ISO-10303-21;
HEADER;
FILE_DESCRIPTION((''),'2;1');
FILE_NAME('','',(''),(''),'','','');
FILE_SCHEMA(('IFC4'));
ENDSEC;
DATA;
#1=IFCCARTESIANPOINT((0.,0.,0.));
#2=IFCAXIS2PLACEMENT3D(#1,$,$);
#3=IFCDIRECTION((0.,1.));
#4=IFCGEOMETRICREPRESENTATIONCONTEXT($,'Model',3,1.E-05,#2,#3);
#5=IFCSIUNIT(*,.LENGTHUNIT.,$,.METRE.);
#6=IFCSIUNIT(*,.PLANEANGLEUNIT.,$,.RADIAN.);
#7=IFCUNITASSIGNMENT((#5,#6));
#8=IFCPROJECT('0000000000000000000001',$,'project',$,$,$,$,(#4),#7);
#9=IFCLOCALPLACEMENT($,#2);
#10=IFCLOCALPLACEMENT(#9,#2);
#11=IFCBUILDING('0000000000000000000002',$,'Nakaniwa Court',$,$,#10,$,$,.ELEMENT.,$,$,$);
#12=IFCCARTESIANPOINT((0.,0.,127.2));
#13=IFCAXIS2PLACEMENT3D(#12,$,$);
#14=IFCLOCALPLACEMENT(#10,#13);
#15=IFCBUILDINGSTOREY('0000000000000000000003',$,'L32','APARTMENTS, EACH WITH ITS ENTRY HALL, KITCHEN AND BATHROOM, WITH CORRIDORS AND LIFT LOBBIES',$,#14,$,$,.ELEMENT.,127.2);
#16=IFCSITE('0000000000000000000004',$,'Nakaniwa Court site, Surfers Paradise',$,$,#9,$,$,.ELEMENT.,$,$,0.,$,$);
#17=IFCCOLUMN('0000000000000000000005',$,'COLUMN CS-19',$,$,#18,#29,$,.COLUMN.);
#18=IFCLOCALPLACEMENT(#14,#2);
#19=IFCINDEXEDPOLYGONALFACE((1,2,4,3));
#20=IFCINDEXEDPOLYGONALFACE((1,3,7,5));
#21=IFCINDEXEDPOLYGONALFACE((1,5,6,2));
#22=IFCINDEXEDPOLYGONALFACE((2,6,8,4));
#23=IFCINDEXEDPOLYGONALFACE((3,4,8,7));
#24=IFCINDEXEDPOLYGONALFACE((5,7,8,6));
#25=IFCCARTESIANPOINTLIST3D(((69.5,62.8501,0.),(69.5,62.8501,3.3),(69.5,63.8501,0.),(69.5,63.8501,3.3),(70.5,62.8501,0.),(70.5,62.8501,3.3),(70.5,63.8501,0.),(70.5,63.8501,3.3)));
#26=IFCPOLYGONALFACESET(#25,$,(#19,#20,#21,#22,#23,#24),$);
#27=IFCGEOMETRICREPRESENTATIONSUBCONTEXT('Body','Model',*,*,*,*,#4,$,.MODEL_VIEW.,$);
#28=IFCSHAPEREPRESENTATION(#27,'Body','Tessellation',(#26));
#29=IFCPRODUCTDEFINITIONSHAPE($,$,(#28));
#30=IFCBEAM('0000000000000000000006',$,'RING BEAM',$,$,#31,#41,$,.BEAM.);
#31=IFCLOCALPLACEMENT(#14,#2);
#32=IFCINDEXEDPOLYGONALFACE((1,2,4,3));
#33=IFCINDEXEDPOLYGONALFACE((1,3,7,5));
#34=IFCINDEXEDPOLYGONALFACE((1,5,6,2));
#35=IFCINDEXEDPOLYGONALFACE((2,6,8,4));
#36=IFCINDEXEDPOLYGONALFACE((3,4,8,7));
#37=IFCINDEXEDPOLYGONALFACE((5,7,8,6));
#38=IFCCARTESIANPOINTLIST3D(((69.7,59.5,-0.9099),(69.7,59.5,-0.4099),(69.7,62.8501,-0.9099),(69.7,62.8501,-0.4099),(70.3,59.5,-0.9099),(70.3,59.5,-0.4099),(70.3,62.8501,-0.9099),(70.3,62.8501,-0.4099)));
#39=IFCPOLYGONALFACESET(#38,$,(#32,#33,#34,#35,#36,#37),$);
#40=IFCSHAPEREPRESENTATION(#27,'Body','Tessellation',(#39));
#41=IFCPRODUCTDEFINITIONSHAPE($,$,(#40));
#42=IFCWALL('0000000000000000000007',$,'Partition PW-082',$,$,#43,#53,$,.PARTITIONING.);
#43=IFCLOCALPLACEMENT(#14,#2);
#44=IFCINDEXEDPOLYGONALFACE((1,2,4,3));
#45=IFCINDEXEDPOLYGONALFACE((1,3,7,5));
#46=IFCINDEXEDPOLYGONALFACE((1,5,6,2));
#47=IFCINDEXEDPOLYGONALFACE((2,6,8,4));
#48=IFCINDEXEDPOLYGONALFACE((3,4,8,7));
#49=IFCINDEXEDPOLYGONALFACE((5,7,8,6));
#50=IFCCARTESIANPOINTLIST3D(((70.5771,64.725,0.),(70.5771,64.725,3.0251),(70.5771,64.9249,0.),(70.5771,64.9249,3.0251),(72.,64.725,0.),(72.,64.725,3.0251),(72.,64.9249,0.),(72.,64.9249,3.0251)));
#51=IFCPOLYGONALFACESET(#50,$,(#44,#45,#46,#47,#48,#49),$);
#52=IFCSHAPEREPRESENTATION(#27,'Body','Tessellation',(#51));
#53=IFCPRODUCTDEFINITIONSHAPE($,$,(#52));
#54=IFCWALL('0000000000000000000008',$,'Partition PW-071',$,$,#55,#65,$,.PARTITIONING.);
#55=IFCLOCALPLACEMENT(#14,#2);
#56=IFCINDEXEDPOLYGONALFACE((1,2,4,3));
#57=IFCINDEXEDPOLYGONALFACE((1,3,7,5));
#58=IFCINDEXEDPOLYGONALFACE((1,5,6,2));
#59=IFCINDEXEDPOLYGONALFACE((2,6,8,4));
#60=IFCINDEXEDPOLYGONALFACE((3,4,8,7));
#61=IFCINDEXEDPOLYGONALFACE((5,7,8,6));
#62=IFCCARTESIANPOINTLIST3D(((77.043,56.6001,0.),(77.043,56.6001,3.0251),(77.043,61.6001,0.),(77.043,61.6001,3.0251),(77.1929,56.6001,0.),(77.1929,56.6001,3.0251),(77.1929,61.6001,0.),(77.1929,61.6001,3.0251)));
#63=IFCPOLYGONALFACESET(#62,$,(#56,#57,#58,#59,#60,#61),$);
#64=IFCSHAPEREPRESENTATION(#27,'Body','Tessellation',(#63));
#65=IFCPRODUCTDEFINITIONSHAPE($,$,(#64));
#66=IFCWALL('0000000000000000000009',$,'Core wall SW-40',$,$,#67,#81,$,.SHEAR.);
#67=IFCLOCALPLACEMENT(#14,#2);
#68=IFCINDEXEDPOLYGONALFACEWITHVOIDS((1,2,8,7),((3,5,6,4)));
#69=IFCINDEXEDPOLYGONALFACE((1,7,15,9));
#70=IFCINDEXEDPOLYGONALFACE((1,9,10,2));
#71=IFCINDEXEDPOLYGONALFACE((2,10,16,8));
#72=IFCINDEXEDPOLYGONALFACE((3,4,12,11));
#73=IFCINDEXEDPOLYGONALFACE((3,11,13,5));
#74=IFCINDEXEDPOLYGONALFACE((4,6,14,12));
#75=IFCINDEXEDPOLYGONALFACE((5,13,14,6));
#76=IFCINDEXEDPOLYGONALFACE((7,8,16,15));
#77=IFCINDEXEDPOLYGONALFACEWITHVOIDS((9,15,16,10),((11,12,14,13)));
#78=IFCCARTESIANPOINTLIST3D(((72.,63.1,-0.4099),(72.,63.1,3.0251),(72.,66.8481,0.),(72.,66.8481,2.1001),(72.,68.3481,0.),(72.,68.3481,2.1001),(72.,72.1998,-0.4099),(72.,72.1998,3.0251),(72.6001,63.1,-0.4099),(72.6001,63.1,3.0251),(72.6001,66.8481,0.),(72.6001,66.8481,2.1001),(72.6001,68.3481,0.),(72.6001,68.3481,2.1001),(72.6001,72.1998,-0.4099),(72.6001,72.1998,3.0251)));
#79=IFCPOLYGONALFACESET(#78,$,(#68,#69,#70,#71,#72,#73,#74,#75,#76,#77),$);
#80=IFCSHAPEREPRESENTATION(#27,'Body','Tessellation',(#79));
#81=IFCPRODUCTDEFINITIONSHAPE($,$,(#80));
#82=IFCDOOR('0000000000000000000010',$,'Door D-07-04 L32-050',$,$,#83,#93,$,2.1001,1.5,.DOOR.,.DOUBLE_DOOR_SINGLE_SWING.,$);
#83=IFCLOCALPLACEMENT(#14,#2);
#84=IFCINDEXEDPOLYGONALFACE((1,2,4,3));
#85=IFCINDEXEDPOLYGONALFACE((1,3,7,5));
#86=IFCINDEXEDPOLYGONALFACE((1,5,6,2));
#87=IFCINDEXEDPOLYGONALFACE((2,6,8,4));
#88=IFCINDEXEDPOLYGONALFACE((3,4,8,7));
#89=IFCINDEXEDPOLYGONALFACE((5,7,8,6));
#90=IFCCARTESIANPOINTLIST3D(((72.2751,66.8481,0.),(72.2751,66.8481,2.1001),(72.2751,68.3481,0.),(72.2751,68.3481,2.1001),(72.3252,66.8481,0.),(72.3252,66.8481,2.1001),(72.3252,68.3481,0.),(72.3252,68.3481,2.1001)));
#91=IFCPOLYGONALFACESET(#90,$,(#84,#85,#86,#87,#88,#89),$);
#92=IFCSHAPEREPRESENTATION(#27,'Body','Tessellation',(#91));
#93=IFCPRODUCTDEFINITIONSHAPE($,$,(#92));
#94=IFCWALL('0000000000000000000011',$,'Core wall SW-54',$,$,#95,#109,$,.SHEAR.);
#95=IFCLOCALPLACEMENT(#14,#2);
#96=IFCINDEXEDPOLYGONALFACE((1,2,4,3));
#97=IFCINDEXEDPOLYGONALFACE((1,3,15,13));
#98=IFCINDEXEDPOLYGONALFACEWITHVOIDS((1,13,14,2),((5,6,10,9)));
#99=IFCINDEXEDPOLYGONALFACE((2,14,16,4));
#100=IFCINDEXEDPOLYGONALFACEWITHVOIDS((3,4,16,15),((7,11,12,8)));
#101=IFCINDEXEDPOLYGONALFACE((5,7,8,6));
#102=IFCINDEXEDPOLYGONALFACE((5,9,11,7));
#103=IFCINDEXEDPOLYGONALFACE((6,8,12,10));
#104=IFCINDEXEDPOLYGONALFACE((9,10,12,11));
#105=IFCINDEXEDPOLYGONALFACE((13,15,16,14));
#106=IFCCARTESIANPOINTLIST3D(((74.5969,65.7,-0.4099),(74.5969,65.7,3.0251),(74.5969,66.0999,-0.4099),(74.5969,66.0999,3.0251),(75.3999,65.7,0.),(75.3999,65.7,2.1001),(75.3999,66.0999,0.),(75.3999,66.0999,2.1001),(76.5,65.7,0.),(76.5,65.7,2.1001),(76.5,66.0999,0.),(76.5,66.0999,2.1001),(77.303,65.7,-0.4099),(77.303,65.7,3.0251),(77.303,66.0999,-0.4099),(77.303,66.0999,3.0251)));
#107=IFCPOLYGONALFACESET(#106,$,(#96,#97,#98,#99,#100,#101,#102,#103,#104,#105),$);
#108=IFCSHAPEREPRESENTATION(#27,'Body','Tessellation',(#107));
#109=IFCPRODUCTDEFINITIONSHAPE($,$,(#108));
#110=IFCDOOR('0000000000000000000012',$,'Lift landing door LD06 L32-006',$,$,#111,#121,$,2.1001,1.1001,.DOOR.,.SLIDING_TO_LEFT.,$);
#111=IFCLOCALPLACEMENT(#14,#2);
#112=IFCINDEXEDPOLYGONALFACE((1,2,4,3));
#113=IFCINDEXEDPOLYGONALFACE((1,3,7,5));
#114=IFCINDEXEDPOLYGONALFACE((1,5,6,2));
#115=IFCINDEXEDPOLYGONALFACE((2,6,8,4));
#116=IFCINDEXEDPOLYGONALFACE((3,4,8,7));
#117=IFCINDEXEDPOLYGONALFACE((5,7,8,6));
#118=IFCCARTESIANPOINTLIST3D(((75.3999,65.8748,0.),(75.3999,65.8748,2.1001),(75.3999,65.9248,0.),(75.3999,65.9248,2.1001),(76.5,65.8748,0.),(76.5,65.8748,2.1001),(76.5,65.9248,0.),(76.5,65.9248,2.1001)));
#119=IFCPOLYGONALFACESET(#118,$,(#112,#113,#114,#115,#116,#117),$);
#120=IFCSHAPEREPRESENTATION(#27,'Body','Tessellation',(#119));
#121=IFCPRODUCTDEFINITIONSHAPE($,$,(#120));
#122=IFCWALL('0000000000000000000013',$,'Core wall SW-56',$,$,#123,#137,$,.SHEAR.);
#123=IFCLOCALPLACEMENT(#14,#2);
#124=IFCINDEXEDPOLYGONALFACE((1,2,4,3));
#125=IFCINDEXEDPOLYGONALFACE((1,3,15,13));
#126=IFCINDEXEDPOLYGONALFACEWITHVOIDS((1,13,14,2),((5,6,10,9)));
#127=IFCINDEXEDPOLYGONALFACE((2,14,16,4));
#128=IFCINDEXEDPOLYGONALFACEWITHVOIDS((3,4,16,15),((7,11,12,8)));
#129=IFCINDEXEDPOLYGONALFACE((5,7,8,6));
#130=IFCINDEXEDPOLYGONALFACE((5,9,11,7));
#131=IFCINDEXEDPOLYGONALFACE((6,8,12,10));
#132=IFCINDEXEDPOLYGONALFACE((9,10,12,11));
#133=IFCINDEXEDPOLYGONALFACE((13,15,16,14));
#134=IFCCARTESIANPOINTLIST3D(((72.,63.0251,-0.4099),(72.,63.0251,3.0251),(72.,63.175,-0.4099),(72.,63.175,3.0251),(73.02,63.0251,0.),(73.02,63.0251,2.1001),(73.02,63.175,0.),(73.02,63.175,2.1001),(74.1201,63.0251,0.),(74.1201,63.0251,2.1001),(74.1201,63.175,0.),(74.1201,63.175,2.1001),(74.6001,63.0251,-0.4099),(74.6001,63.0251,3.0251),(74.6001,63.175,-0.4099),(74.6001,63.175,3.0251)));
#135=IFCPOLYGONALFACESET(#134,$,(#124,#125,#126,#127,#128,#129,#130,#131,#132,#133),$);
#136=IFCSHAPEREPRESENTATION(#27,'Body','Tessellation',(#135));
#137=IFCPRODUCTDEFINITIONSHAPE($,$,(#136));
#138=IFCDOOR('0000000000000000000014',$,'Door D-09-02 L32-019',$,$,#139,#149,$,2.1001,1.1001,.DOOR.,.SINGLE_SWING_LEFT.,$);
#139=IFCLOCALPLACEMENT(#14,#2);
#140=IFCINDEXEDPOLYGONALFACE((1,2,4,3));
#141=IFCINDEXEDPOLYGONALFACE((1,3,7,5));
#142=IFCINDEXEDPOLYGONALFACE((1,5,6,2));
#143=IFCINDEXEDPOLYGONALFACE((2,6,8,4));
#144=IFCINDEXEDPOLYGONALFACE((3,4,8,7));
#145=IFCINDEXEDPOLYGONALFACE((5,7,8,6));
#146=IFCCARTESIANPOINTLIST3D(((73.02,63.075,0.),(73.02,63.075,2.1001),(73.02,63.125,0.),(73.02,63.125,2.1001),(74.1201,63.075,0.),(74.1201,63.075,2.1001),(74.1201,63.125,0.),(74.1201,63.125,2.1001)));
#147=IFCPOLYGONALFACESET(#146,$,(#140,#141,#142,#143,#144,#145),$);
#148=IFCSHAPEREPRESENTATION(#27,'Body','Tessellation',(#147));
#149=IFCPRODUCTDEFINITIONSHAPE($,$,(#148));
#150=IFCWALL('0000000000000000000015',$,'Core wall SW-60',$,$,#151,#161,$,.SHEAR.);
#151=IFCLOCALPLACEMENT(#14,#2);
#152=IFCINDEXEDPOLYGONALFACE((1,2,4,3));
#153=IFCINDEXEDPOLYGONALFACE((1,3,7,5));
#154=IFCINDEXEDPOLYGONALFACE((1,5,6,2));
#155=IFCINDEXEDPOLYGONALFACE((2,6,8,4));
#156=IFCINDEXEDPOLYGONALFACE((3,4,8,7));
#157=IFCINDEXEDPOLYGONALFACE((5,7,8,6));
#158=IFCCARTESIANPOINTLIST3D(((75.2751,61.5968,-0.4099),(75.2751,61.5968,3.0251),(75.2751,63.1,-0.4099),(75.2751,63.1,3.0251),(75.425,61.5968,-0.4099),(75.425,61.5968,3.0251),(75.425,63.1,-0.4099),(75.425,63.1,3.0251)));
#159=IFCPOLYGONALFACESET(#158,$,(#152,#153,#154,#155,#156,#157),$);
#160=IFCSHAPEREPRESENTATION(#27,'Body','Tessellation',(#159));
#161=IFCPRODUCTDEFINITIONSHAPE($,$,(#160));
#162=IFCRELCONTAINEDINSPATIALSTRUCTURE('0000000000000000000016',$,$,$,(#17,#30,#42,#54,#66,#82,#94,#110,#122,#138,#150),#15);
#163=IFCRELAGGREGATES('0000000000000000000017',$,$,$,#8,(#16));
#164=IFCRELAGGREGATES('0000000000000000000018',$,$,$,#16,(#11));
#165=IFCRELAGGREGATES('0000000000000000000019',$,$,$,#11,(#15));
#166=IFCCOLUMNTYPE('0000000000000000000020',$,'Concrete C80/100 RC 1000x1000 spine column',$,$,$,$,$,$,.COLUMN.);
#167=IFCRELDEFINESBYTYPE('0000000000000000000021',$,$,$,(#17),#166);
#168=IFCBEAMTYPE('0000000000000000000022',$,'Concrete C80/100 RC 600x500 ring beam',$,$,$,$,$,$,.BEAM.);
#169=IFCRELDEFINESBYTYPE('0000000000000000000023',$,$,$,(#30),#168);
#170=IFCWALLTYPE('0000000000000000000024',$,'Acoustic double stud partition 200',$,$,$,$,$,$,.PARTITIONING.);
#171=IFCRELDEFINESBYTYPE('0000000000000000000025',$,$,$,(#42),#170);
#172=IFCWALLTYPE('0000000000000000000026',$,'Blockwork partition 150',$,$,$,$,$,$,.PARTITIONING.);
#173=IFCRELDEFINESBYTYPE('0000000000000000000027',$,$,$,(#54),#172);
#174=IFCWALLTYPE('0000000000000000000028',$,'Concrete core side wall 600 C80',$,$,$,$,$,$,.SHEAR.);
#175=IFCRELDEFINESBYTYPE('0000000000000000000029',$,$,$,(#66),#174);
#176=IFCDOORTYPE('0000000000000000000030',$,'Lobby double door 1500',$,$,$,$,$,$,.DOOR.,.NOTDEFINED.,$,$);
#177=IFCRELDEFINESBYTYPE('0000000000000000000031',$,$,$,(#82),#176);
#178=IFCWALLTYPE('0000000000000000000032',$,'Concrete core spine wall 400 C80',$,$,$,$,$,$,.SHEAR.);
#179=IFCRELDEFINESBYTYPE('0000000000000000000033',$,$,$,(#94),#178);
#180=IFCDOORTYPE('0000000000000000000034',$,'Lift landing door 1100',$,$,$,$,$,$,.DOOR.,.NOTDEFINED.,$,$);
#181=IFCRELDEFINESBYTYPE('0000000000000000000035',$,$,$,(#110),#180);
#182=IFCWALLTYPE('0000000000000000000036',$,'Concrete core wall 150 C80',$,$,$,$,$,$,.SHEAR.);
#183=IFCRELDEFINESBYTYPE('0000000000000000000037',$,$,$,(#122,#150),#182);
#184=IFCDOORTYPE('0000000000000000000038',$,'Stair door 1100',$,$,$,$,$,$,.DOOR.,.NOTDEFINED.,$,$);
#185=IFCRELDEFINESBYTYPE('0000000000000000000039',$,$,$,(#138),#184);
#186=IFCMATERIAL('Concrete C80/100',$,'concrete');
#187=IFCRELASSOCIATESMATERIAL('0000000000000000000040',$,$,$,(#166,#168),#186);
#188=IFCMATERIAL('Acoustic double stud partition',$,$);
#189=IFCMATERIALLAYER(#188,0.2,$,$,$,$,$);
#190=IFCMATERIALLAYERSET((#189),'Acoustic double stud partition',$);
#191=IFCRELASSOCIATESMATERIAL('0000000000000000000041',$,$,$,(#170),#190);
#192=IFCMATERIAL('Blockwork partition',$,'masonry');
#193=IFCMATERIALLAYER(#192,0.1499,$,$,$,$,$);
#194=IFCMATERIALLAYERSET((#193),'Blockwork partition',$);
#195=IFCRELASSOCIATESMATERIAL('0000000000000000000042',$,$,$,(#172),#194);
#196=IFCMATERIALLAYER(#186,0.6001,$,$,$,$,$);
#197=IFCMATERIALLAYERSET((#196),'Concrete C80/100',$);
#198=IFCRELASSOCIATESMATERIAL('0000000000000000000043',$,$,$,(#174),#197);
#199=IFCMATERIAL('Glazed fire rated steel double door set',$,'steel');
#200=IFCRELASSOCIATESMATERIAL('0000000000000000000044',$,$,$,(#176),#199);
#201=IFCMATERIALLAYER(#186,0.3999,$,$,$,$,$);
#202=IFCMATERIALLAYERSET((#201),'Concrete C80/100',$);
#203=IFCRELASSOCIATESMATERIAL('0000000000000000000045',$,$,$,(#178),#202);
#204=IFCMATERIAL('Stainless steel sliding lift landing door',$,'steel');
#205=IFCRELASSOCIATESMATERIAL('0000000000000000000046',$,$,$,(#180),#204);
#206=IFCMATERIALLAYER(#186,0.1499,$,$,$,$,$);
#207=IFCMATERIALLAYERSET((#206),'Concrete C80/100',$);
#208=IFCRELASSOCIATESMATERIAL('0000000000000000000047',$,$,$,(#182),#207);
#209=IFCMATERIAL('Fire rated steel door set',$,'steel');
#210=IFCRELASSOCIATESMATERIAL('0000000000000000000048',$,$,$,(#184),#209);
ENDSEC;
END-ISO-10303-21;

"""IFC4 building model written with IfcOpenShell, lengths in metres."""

from ifc_helpers import new_model, si_unit, direction, frame, frame_2d, origin, origin_2d, place, context, subcontext, project, spatial, rectangle, extrude, material, layer, layer_set, material_profile, profile_set, type_object, element, fill, save


model = new_model("IFC4")

# Units and contexts
model_context = context("Model", 3, precision=1e-05, world=origin(), true_north=direction((0.0, 1.0)))
body_context = subcontext(model_context, "Body", "Model", "MODEL_VIEW")
ifc_project = project(units=[si_unit("LENGTHUNIT", "METRE"), si_unit("PLANEANGLEUNIT", "RADIAN")], contexts=[model_context])

# Site, building, storey
site_placement = place(None, origin())
site = spatial("IfcSite", under=ifc_project, at=site_placement, Name="Nakaniwa Court site, Surfers Paradise", CompositionType="ELEMENT", RefElevation=0.0)
building_placement = place(site_placement, origin())
building = spatial("IfcBuilding", under=site, at=building_placement, Name="Nakaniwa Court", CompositionType="ELEMENT")
storey_placement = place(building_placement, frame((0.0, 0.0, 127.2)))
storey = spatial("IfcBuildingStorey", under=building, at=storey_placement, Name="L32", Description="APARTMENTS, EACH WITH ITS ENTRY HALL, KITCHEN AND BATHROOM, WITH CORRIDORS AND LIFT LOBBIES", CompositionType="ELEMENT", Elevation=127.2)

# Column
ifc_material_1 = material(Name="Concrete C80/100", Category="concrete")
ifc_material_profile_1 = material_profile(ifc_material_1, rectangle(XDim=1.0, YDim=1.0, at=origin_2d()), Name="Concrete C80/100 RC 1000x1000 spine column")
ifc_profile_set_1 = profile_set([ifc_material_profile_1], Name="Concrete C80/100")
column_type = type_object("IfcColumnType", Name="Concrete C80/100 RC 1000x1000 spine column", PredefinedType="COLUMN", material=ifc_profile_set_1)
column_placement = place(storey_placement, frame((70.0, 63.3501, 0.0), z_axis=(0.0, 0.0, 1.0), x_axis=(0.0, -1.0, 0.0)))
element("IfcColumn", 1, at=column_placement, inside=storey, type_object=column_type, Name="COLUMN CS-19", PredefinedType="COLUMN", context=body_context, shape_type="SweptSolid", body=[
    extrude(rectangle(XDim=1.0, YDim=1.0, at=origin_2d()), origin(), (0.0, 0.0, 1.0), 3.3),
])

# Beam
ifc_material_profile_2 = material_profile(ifc_material_1, rectangle(XDim=0.6001, YDim=0.5, at=origin_2d()), Name="Concrete C80/100 RC 600x500 ring beam")
ifc_profile_set_2 = profile_set([ifc_material_profile_2], Name="Concrete C80/100")
beam_type = type_object("IfcBeamType", Name="Concrete C80/100 RC 600x500 ring beam", PredefinedType="BEAM", material=ifc_profile_set_2)
beam_placement = place(storey_placement, frame((70.0, 62.8501, -0.6599), z_axis=(0.0, -1.0, 0.0), x_axis=(1.0, 0.0, 0.0)))
element("IfcBeam", 2, at=beam_placement, inside=storey, type_object=beam_type, Name="RING BEAM", PredefinedType="BEAM", context=body_context, shape_type="SweptSolid", body=[
    extrude(rectangle(XDim=0.6001, YDim=0.5, at=origin_2d()), origin(), (0.0, 0.0, 1.0), 3.3501),
])

# Walls
ifc_material_2 = material(Name="Acoustic double stud partition")
ifc_layer_1 = layer(ifc_material_2, 0.2)
ifc_layer_set_1 = layer_set([ifc_layer_1], Name="Acoustic double stud partition")
wall_type_1 = type_object("IfcWallType", Name="Acoustic double stud partition 200", PredefinedType="PARTITIONING", material=ifc_layer_set_1)
wall_1_placement = place(storey_placement, frame((70.5771, 64.825, 0.0), z_axis=(0.0, 0.0, 1.0), x_axis=(1.0, 0.0, 0.0)))
element("IfcWall", 3, at=wall_1_placement, inside=storey, type_object=wall_type_1, Name="Partition PW-082", PredefinedType="PARTITIONING", context=body_context, shape_type="SweptSolid", body=[
    extrude(rectangle(XDim=1.4229, YDim=0.2, at=frame_2d((0.7114, 0.0))), origin(), (0.0, 0.0, 1.0), 3.0251),
])
ifc_material_3 = material(Name="Blockwork partition", Category="masonry")
ifc_layer_2 = layer(ifc_material_3, 0.1499)
ifc_layer_set_2 = layer_set([ifc_layer_2], Name="Blockwork partition")
wall_type_2 = type_object("IfcWallType", Name="Blockwork partition 150", PredefinedType="PARTITIONING", material=ifc_layer_set_2)
wall_2_placement = place(storey_placement, frame((77.1179, 56.6001, 0.0), z_axis=(0.0, 0.0, 1.0), x_axis=(0.0, 1.0, 0.0)))
element("IfcWall", 4, at=wall_2_placement, inside=storey, type_object=wall_type_2, Name="Partition PW-071", PredefinedType="PARTITIONING", context=body_context, shape_type="SweptSolid", body=[
    extrude(rectangle(XDim=5.0, YDim=0.1499, at=frame_2d((2.5, 0.0))), origin(), (0.0, 0.0, 1.0), 3.0251),
])

# Walls, openings, doors
ifc_layer_3 = layer(ifc_material_1, 0.6001)
ifc_layer_set_3 = layer_set([ifc_layer_3], Name="Concrete C80/100")
wall_type_3 = type_object("IfcWallType", Name="Concrete core side wall 600 C80", PredefinedType="SHEAR", material=ifc_layer_set_3)
wall_3_placement = place(storey_placement, frame((72.3, 63.1001, -0.4099), z_axis=(0.0, 0.0, 1.0), x_axis=(0.0, 1.0, 0.0)))
wall_3 = element("IfcWall", 5, at=wall_3_placement, inside=storey, type_object=wall_type_3, Name="Core wall SW-40", PredefinedType="SHEAR", context=body_context, shape_type="SweptSolid", body=[
    extrude(rectangle(XDim=9.0999, YDim=0.6001, at=frame_2d((4.5498, 0.0))), origin(), (0.0, 0.0, 1.0), 3.4351),
])
opening_1_placement = place(wall_3_placement, frame((3.748, 0.0, 0.4099)))
opening_1 = element("IfcOpeningElement", 6, at=opening_1_placement, cuts=wall_3, PredefinedType="OPENING", context=body_context, shape_type="SweptSolid", body=[
    extrude(rectangle(XDim=1.5, YDim=2.1001, at=frame_2d((0.75, 1.05))), frame((0.0, 0.3101, 0.0), z_axis=(0.0, -1.0, 0.0), x_axis=(1.0, 0.0, 0.0)), (0.0, 0.0, 1.0), 0.6201),
])
ifc_material_4 = material(Name="Glazed fire rated steel double door set", Category="steel")
door_type_1 = type_object("IfcDoorType", Name="Lobby double door 1500", OperationType="NOTDEFINED", PredefinedType="DOOR", material=ifc_material_4)
door_1_placement = place(opening_1_placement, origin())
door_1 = element("IfcDoor", 7, at=door_1_placement, inside=storey, type_object=door_type_1, Name="Door D-07-04 L32-050", OperationType="DOUBLE_DOOR_SINGLE_SWING", OverallHeight=2.1001, OverallWidth=1.5, PredefinedType="DOOR", context=body_context, shape_type="SweptSolid", body=[
    extrude(rectangle(XDim=1.5, YDim=2.1001, at=frame_2d((0.75, 1.05))), frame((0.0, 0.0249, 0.0), z_axis=(0.0, -1.0, 0.0), x_axis=(1.0, 0.0, 0.0)), (0.0, 0.0, 1.0), 0.05),
])
fill(opening_1, door_1)
ifc_layer_4 = layer(ifc_material_1, 0.3999)
ifc_layer_set_4 = layer_set([ifc_layer_4], Name="Concrete C80/100")
wall_type_4 = type_object("IfcWallType", Name="Concrete core spine wall 400 C80", PredefinedType="SHEAR", material=ifc_layer_set_4)
wall_4_placement = place(storey_placement, frame((74.5969, 65.8999, -0.4099), z_axis=(0.0, 0.0, 1.0), x_axis=(1.0, 0.0, 0.0)))
wall_4 = element("IfcWall", 8, at=wall_4_placement, inside=storey, type_object=wall_type_4, Name="Core wall SW-54", PredefinedType="SHEAR", context=body_context, shape_type="SweptSolid", body=[
    extrude(rectangle(XDim=2.7061, YDim=0.3999, at=frame_2d((1.353, 0.0))), origin(), (0.0, 0.0, 1.0), 3.4351),
])
opening_2_placement = place(wall_4_placement, frame((0.803, 0.0, 0.4099)))
opening_2 = element("IfcOpeningElement", 9, at=opening_2_placement, cuts=wall_4, PredefinedType="OPENING", context=body_context, shape_type="SweptSolid", body=[
    extrude(rectangle(XDim=1.1001, YDim=2.1001, at=frame_2d((0.55, 1.05))), frame((0.0, 0.21, 0.0), z_axis=(0.0, -1.0, 0.0), x_axis=(1.0, 0.0, 0.0)), (0.0, 0.0, 1.0), 0.4199),
])
ifc_material_5 = material(Name="Stainless steel sliding lift landing door", Category="steel")
door_type_2 = type_object("IfcDoorType", Name="Lift landing door 1100", OperationType="NOTDEFINED", PredefinedType="DOOR", material=ifc_material_5)
door_2_placement = place(opening_2_placement, origin())
door_2 = element("IfcDoor", 10, at=door_2_placement, inside=storey, type_object=door_type_2, Name="Lift landing door LD06 L32-006", OperationType="SLIDING_TO_LEFT", OverallHeight=2.1001, OverallWidth=1.1001, PredefinedType="DOOR", context=body_context, shape_type="SweptSolid", body=[
    extrude(rectangle(XDim=1.1001, YDim=2.1001, at=frame_2d((0.55, 1.05))), frame((0.0, 0.0249, 0.0), z_axis=(0.0, -1.0, 0.0), x_axis=(1.0, 0.0, 0.0)), (0.0, 0.0, 1.0), 0.05),
])
fill(opening_2, door_2)
ifc_layer_5 = layer(ifc_material_1, 0.1499)
ifc_layer_set_5 = layer_set([ifc_layer_5], Name="Concrete C80/100")
wall_type_5 = type_object("IfcWallType", Name="Concrete core wall 150 C80", PredefinedType="SHEAR", material=ifc_layer_set_5)
wall_5_placement = place(storey_placement, frame((72.0, 63.1001, -0.4099), z_axis=(0.0, 0.0, 1.0), x_axis=(1.0, 0.0, 0.0)))
wall_5 = element("IfcWall", 11, at=wall_5_placement, inside=storey, type_object=wall_type_5, Name="Core wall SW-56", PredefinedType="SHEAR", context=body_context, shape_type="SweptSolid", body=[
    extrude(rectangle(XDim=2.6001, YDim=0.1499, at=frame_2d((1.3, 0.0))), origin(), (0.0, 0.0, 1.0), 3.4351),
])
opening_3_placement = place(wall_5_placement, frame((1.02, 0.0, 0.4099)))
opening_3 = element("IfcOpeningElement", 12, at=opening_3_placement, cuts=wall_5, PredefinedType="OPENING", context=body_context, shape_type="SweptSolid", body=[
    extrude(rectangle(XDim=1.1001, YDim=2.1001, at=frame_2d((0.55, 1.05))), frame((0.0, 0.085, 0.0), z_axis=(0.0, -1.0, 0.0), x_axis=(1.0, 0.0, 0.0)), (0.0, 0.0, 1.0), 0.1699),
])
ifc_material_6 = material(Name="Fire rated steel door set", Category="steel")
door_type_3 = type_object("IfcDoorType", Name="Stair door 1100", OperationType="NOTDEFINED", PredefinedType="DOOR", material=ifc_material_6)
door_3_placement = place(opening_3_placement, origin())
door_3 = element("IfcDoor", 13, at=door_3_placement, inside=storey, type_object=door_type_3, Name="Door D-09-02 L32-019", OperationType="SINGLE_SWING_LEFT", OverallHeight=2.1001, OverallWidth=1.1001, PredefinedType="DOOR", context=body_context, shape_type="SweptSolid", body=[
    extrude(rectangle(XDim=1.1001, YDim=2.1001, at=frame_2d((0.55, 1.05))), frame((0.0, 0.0249, 0.0), z_axis=(0.0, -1.0, 0.0), x_axis=(1.0, 0.0, 0.0)), (0.0, 0.0, 1.0), 0.05),
])
fill(opening_3, door_3)

# Wall
wall_6_placement = place(storey_placement, frame((75.3501, 61.5969, -0.4099), z_axis=(0.0, 0.0, 1.0), x_axis=(0.0, 1.0, 0.0)))
element("IfcWall", 14, at=wall_6_placement, inside=storey, type_object=wall_type_5, Name="Core wall SW-60", PredefinedType="SHEAR", context=body_context, shape_type="SweptSolid", body=[
    extrude(rectangle(XDim=1.5032, YDim=0.1499, at=frame_2d((0.7515, 0.0))), origin(), (0.0, 0.0, 1.0), 3.4351),
])

save(model, "model.ifc")
